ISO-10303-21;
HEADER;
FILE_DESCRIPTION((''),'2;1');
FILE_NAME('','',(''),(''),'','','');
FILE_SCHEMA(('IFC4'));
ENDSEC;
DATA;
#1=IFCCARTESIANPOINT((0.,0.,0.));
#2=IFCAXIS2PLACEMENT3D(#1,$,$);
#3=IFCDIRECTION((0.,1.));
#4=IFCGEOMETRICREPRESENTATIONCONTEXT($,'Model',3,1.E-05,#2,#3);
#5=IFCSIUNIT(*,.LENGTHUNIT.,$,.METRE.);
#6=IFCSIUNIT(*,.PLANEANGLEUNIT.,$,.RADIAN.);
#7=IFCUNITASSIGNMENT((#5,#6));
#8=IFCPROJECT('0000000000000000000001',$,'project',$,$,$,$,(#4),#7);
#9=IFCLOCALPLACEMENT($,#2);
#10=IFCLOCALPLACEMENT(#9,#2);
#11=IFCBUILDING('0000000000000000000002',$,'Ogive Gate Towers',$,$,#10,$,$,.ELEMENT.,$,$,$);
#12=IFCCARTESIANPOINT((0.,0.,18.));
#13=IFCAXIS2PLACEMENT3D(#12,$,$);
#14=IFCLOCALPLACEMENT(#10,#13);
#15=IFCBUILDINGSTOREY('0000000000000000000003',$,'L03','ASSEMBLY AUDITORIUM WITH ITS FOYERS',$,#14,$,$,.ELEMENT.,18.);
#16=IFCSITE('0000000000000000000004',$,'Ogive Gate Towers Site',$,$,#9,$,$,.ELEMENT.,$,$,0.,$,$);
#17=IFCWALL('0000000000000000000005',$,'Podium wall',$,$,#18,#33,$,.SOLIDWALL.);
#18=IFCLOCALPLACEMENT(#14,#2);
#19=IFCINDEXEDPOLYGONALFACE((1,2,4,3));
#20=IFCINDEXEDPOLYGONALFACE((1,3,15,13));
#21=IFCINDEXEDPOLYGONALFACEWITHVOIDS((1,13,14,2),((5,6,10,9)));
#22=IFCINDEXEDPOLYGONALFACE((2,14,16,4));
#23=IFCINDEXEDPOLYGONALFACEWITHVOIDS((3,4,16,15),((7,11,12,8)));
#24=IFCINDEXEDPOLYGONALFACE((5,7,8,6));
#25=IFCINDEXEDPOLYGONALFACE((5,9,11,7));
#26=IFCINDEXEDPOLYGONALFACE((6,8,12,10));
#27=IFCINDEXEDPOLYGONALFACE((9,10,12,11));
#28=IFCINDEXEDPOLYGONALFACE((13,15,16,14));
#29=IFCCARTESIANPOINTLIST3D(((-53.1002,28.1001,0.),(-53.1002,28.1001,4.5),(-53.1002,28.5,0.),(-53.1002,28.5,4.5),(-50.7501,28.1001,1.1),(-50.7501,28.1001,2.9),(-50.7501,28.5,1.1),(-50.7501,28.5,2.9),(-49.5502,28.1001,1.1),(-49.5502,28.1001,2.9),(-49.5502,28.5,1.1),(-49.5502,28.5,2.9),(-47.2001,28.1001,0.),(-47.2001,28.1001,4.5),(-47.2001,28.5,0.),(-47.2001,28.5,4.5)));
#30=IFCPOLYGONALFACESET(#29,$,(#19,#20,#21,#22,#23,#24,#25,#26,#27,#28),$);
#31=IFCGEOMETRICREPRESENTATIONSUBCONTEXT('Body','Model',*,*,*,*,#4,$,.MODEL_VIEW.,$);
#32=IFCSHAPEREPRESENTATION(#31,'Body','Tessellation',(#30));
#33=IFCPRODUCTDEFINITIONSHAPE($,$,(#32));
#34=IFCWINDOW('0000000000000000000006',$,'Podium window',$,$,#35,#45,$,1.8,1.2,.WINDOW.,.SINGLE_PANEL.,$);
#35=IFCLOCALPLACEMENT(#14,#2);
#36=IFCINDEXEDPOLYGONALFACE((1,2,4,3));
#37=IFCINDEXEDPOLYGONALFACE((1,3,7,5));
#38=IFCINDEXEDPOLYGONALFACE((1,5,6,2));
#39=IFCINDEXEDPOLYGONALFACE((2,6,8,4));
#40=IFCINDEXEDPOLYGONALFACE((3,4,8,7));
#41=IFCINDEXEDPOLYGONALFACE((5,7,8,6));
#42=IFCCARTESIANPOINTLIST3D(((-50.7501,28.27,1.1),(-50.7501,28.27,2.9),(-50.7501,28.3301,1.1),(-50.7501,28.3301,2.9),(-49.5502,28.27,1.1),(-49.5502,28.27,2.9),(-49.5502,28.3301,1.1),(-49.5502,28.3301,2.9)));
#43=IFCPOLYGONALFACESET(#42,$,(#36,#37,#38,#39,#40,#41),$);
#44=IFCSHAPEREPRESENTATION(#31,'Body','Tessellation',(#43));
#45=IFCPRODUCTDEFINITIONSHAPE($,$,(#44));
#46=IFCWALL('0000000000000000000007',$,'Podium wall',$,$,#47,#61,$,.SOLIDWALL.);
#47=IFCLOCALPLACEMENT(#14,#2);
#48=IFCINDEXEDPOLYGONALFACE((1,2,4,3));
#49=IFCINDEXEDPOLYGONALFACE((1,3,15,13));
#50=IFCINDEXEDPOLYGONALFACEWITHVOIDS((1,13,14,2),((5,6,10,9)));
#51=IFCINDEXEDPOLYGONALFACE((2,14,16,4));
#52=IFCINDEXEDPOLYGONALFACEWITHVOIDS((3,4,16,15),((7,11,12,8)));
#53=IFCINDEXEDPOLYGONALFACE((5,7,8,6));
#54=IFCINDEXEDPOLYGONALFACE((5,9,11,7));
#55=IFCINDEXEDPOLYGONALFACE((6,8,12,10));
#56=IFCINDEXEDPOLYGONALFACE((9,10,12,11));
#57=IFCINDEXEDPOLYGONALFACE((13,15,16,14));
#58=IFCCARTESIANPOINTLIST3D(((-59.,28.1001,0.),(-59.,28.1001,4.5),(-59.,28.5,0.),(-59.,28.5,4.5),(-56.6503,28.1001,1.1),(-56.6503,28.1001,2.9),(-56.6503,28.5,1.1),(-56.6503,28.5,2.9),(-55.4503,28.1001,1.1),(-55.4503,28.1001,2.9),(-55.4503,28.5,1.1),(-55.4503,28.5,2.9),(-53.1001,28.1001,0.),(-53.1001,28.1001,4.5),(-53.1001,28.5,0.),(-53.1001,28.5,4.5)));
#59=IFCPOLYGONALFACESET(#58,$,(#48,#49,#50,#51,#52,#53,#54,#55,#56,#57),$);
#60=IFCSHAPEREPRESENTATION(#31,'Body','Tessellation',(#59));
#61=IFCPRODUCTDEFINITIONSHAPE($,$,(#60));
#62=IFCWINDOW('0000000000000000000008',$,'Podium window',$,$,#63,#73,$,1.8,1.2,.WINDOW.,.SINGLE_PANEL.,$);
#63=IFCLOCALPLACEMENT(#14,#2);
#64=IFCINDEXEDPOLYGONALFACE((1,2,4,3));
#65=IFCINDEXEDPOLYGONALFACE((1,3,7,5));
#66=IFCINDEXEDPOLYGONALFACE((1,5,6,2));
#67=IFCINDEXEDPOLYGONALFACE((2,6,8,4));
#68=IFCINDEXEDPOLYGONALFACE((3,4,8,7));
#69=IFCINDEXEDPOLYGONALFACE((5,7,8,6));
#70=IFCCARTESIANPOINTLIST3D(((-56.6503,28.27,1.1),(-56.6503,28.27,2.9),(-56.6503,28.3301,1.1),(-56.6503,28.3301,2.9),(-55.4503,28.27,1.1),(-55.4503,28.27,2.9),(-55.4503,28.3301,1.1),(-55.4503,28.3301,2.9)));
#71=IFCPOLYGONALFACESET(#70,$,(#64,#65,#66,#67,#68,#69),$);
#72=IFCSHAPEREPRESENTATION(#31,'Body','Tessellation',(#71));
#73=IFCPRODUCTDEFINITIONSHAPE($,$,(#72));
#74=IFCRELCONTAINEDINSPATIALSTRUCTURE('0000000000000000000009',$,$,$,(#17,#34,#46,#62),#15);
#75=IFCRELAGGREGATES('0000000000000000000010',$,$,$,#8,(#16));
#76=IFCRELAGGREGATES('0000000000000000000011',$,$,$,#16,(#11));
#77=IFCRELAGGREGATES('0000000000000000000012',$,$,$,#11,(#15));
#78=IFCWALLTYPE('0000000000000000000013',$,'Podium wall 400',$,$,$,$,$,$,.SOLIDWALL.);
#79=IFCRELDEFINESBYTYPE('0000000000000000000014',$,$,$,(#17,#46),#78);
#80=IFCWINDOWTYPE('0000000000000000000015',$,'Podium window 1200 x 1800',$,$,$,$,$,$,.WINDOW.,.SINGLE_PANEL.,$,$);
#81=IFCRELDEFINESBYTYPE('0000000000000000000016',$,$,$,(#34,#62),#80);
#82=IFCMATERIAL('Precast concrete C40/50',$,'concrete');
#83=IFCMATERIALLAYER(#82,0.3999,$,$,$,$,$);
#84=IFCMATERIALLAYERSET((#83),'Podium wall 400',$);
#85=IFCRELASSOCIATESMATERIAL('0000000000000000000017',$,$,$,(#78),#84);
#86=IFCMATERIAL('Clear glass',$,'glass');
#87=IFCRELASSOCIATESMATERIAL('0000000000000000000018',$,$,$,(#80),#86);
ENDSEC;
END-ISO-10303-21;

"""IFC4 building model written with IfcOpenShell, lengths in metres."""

from ifc_helpers import new_model, si_unit, direction, frame, frame_2d, origin, place, context, subcontext, project, spatial, rectangle, extrude, material, layer, layer_set, type_object, element, fill, save


model = new_model("IFC4")

# Units and contexts
model_context = context("Model", 3, precision=1e-05, world=origin(), true_north=direction((0.0, 1.0)))
body_context = subcontext(model_context, "Body", "Model", "MODEL_VIEW")
ifc_project = project(units=[si_unit("LENGTHUNIT", "METRE"), si_unit("PLANEANGLEUNIT", "RADIAN")], contexts=[model_context])

# Site, building, storey
site_placement = place(None, origin())
site = spatial("IfcSite", under=ifc_project, at=site_placement, Name="Ogive Gate Towers Site", CompositionType="ELEMENT", RefElevation=0.0)
building_placement = place(site_placement, origin())
building = spatial("IfcBuilding", under=site, at=building_placement, Name="Ogive Gate Towers", CompositionType="ELEMENT")
storey_placement = place(building_placement, frame((0.0, 0.0, 18.0)))
storey = spatial("IfcBuildingStorey", under=building, at=storey_placement, Name="L03", Description="ASSEMBLY AUDITORIUM WITH ITS FOYERS", CompositionType="ELEMENT", Elevation=18.0)

# Walls, openings, windows
ifc_material_1 = material(Name="Precast concrete C40/50", Category="concrete")
ifc_layer = layer(ifc_material_1, 0.3999)
ifc_layer_set = layer_set([ifc_layer], Name="Podium wall 400")
wall_type = type_object("IfcWallType", Name="Podium wall 400", PredefinedType="SOLIDWALL", material=ifc_layer_set)
ifc_material_2 = material(Name="Clear glass", Category="glass")
window_type = type_object("IfcWindowType", Name="Podium window 1200 x 1800", PartitioningType="SINGLE_PANEL", PredefinedType="WINDOW", material=ifc_material_2)
wall_1_placement = place(storey_placement, frame((-47.2, 28.3, 0.0), z_axis=(0.0, 0.0, 1.0), x_axis=(-1.0, 0.0, 0.0)))
wall_1 = element("IfcWall", 1, at=wall_1_placement, inside=storey, type_object=wall_type, Name="Podium wall", PredefinedType="SOLIDWALL", context=body_context, shape_type="SweptSolid", body=[
    extrude(rectangle(XDim=5.9001, YDim=0.3999, at=frame_2d((2.9502, 0.0))), origin(), (0.0, 0.0, 1.0), 4.5),
])
opening_1_placement = place(wall_1_placement, frame((2.3501, 0.0, 1.1001)))
opening_1 = element("IfcOpeningElement", 2, at=opening_1_placement, cuts=wall_1, PredefinedType="OPENING", context=body_context, shape_type="SweptSolid", body=[
    extrude(rectangle(XDim=1.2, YDim=1.8, at=frame_2d((0.6001, 0.8999))), frame((0.0, 0.21, 0.0), z_axis=(0.0, -1.0, 0.0), x_axis=(1.0, 0.0, 0.0)), (0.0, 0.0, 1.0), 0.4199),
])
window_1_placement = place(opening_1_placement, origin())
window_1 = element("IfcWindow", 3, at=window_1_placement, inside=storey, type_object=window_type, Name="Podium window", OverallHeight=1.8, OverallWidth=1.2, PartitioningType="SINGLE_PANEL", PredefinedType="WINDOW", context=body_context, shape_type="SweptSolid", body=[
    extrude(rectangle(XDim=1.2, YDim=1.8, at=frame_2d((0.6001, 0.8999))), frame((0.0, 0.03, 0.0), z_axis=(0.0, -1.0, 0.0), x_axis=(1.0, 0.0, 0.0)), (0.0, 0.0, 1.0), 0.0601),
])
fill(opening_1, window_1)
wall_2_placement = place(storey_placement, frame((-53.1001, 28.3, 0.0), z_axis=(0.0, 0.0, 1.0), x_axis=(-1.0, 0.0, 0.0)))
wall_2 = element("IfcWall", 4, at=wall_2_placement, inside=storey, type_object=wall_type, Name="Podium wall", PredefinedType="SOLIDWALL", context=body_context, shape_type="SweptSolid", body=[
    extrude(rectangle(XDim=5.8999, YDim=0.3999, at=frame_2d((2.95, 0.0))), origin(), (0.0, 0.0, 1.0), 4.5),
])
opening_2_placement = place(wall_2_placement, frame((2.3501, 0.0, 1.1001)))
opening_2 = element("IfcOpeningElement", 5, at=opening_2_placement, cuts=wall_2, PredefinedType="OPENING", context=body_context, shape_type="SweptSolid", body=[
    extrude(rectangle(XDim=1.2, YDim=1.8, at=frame_2d((0.6001, 0.8999))), frame((0.0, 0.21, 0.0), z_axis=(0.0, -1.0, 0.0), x_axis=(1.0, 0.0, 0.0)), (0.0, 0.0, 1.0), 0.4199),
])
window_2_placement = place(opening_2_placement, origin())
window_2 = element("IfcWindow", 6, at=window_2_placement, inside=storey, type_object=window_type, Name="Podium window", OverallHeight=1.8, OverallWidth=1.2, PartitioningType="SINGLE_PANEL", PredefinedType="WINDOW", context=body_context, shape_type="SweptSolid", body=[
    extrude(rectangle(XDim=1.2, YDim=1.8, at=frame_2d((0.6001, 0.8999))), frame((0.0, 0.03, 0.0), z_axis=(0.0, -1.0, 0.0), x_axis=(1.0, 0.0, 0.0)), (0.0, 0.0, 1.0), 0.0601),
])
fill(opening_2, window_2)

save(model, "model.ifc")
